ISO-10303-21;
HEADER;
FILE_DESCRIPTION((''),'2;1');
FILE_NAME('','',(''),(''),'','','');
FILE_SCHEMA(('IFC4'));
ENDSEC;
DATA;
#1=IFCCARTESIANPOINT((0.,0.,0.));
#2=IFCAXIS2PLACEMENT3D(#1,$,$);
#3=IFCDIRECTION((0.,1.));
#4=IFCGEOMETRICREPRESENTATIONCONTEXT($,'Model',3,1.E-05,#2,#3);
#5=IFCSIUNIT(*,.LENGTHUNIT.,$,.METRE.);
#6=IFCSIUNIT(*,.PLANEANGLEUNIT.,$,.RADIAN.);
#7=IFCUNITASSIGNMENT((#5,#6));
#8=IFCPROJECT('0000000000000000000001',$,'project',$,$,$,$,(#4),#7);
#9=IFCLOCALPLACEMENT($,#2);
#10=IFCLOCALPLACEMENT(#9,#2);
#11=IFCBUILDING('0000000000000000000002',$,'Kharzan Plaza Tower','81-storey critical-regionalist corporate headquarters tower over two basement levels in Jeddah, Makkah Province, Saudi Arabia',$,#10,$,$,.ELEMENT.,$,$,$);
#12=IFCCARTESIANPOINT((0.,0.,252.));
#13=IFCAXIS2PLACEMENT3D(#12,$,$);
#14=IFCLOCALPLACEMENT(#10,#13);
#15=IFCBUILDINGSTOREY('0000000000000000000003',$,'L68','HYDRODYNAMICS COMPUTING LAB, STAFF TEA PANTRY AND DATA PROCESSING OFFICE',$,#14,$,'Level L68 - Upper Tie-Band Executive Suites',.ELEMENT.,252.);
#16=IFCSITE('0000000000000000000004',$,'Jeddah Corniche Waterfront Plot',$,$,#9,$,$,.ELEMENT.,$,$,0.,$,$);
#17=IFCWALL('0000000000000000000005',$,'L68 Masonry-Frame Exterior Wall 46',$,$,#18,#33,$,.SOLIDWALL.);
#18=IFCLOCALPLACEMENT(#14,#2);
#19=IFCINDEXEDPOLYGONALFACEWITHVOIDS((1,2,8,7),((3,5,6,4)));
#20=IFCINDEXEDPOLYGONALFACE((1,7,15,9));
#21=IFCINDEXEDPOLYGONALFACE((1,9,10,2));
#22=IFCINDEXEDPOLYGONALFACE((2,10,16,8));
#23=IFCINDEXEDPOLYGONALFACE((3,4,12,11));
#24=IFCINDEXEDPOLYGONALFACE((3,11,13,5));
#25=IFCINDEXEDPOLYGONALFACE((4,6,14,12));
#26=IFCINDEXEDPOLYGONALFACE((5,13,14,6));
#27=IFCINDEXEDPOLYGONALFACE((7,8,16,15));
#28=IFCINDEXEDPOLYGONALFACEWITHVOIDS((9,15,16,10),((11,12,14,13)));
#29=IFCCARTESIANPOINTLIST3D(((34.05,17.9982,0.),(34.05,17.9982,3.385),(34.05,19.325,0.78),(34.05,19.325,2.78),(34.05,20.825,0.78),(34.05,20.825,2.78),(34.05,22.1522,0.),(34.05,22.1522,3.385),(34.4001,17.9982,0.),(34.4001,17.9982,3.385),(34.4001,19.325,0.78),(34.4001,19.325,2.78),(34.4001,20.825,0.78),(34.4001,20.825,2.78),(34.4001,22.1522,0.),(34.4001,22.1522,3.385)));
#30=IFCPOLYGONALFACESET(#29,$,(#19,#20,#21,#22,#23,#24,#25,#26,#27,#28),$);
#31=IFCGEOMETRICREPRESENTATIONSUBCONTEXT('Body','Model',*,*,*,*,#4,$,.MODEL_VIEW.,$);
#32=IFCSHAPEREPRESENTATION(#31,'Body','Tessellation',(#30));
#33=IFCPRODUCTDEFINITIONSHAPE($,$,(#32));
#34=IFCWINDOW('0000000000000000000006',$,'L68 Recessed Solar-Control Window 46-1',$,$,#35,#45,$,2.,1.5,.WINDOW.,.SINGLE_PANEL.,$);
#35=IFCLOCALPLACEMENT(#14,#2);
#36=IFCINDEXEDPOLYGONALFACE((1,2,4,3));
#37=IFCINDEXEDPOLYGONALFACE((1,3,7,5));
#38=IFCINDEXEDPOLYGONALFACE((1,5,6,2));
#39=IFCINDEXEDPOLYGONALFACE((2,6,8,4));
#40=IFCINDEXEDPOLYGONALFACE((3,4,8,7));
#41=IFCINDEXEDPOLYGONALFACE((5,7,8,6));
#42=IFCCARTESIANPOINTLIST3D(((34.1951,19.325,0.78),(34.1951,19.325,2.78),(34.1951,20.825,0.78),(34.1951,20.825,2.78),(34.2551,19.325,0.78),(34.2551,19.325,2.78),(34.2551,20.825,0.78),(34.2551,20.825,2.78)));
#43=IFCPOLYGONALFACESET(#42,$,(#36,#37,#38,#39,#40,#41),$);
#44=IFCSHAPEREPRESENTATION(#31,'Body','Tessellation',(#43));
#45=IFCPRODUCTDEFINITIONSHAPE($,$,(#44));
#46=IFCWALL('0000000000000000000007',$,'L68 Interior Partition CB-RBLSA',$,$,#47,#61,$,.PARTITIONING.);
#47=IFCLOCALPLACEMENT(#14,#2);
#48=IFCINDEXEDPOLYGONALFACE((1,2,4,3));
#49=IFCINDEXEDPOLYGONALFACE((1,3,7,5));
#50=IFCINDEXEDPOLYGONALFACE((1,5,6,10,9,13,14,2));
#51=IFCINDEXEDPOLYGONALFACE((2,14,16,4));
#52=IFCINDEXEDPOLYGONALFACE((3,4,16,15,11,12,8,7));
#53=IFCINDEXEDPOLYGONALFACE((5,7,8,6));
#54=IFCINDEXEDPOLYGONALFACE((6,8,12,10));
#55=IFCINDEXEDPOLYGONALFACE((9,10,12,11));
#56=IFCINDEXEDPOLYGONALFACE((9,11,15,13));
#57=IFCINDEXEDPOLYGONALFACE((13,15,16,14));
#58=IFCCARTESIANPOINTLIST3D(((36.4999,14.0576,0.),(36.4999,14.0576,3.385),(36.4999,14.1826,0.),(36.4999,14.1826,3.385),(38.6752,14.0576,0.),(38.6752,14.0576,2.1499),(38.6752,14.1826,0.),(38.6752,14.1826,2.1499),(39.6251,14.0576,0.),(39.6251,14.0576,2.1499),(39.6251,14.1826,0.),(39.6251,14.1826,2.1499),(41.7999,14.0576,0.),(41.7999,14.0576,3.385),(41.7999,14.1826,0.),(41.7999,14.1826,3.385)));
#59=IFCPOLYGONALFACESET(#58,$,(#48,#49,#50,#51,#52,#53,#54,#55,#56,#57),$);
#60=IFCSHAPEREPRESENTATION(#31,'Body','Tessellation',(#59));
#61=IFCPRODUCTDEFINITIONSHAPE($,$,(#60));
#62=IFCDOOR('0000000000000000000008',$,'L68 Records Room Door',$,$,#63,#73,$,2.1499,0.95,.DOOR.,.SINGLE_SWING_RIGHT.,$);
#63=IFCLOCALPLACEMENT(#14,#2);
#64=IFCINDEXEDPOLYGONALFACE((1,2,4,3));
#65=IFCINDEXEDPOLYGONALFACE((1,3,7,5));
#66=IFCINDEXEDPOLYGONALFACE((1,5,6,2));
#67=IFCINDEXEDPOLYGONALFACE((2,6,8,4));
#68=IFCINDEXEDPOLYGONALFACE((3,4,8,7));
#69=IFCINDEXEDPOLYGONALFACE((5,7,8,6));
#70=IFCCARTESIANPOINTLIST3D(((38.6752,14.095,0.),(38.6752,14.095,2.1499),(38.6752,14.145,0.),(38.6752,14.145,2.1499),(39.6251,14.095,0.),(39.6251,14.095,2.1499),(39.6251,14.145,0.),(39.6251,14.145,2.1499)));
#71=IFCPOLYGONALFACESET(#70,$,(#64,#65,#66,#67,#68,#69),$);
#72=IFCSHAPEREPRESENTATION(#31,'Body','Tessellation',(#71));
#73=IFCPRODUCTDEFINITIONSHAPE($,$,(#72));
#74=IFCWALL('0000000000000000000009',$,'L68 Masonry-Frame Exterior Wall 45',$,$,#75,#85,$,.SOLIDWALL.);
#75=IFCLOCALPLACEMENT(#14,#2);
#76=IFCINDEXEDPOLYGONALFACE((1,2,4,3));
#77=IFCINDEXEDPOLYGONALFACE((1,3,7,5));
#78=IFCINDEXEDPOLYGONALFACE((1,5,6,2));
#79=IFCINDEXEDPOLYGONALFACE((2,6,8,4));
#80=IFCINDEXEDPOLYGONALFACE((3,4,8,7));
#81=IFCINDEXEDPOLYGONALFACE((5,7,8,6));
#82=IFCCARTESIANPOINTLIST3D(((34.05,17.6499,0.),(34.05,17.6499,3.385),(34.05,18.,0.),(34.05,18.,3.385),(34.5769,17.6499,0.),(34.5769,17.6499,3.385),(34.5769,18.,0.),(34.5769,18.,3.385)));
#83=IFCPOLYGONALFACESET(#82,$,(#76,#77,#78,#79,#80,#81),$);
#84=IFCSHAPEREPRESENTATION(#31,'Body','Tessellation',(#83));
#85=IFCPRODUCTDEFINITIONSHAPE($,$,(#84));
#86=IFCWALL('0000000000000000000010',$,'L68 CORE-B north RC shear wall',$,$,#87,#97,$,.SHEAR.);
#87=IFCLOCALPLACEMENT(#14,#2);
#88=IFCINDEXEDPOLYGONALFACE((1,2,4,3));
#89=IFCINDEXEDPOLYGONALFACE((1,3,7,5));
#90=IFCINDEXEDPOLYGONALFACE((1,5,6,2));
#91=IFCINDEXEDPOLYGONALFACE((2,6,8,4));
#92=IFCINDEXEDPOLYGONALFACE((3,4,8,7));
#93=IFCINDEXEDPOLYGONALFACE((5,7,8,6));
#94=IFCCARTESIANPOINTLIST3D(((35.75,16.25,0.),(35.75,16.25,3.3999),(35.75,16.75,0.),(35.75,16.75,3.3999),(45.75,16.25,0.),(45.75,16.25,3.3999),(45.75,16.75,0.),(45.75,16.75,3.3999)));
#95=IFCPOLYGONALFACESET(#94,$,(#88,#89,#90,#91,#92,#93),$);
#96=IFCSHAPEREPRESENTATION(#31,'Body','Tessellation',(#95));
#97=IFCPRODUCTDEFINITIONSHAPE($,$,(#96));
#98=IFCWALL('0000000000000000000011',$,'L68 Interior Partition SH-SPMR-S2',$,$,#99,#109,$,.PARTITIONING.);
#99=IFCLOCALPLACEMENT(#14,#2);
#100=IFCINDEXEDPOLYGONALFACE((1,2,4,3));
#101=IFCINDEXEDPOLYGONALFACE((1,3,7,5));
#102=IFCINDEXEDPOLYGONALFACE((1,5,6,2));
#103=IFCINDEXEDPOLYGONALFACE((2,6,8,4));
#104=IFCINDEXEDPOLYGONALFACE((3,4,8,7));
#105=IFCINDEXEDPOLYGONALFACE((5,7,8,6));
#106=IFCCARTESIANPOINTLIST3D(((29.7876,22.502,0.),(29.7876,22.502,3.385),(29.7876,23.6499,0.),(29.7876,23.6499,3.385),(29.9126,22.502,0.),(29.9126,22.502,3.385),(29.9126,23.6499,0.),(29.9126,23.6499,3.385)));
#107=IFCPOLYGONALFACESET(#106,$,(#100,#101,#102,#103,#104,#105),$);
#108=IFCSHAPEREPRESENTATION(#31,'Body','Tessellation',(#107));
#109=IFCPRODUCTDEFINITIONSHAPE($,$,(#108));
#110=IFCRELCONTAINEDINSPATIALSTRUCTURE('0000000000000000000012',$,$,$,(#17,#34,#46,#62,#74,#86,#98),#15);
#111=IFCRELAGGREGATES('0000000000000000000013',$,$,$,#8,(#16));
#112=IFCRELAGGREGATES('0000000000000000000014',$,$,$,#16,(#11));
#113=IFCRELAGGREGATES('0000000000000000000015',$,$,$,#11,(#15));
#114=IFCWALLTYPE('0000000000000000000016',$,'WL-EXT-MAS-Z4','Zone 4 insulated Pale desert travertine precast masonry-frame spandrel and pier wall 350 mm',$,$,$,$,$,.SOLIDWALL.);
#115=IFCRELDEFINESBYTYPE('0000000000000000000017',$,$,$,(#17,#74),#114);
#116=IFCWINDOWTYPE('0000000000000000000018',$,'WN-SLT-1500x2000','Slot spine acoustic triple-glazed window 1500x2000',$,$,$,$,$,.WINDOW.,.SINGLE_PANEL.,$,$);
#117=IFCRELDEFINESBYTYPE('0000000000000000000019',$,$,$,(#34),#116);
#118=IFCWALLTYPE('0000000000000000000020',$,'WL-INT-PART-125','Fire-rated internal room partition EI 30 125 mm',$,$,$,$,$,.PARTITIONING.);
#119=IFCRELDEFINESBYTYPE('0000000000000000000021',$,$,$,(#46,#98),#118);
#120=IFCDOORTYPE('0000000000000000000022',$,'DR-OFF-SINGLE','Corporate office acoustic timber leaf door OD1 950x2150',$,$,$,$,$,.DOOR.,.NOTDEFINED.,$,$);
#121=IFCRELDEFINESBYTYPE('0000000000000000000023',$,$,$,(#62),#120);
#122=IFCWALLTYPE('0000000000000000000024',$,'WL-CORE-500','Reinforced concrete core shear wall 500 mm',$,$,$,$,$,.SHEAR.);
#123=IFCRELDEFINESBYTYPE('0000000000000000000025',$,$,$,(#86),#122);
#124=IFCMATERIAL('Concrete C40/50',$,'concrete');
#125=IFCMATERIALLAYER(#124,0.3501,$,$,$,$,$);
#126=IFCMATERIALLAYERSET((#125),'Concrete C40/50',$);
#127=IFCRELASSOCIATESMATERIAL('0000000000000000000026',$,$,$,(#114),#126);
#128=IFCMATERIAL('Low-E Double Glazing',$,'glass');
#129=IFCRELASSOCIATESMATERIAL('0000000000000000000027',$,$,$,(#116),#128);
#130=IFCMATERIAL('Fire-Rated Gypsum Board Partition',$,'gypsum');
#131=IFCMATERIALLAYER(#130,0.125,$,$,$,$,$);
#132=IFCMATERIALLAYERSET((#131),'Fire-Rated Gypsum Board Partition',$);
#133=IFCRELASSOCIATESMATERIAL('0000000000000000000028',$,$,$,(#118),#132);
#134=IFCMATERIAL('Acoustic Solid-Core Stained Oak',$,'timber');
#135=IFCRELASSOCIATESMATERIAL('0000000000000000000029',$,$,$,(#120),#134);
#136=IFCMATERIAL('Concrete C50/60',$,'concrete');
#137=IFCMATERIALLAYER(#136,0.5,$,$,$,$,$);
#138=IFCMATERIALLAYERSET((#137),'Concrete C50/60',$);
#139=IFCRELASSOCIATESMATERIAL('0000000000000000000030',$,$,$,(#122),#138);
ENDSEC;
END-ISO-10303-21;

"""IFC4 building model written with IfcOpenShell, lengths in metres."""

from ifc_helpers import new_model, si_unit, direction, frame, frame_2d, origin, place, context, subcontext, project, spatial, rectangle, extrude, source, transform, mapped, material, layer, layer_set, type_object, element, fill, save


model = new_model("IFC4")

# Units and contexts
model_context = context("Model", 3, precision=1e-05, world=origin(), true_north=direction((0.0, 1.0)))
body_context = subcontext(model_context, "Body", "Model", "MODEL_VIEW")
ifc_project = project(units=[si_unit("LENGTHUNIT", "METRE"), si_unit("PLANEANGLEUNIT", "RADIAN")], contexts=[model_context])

# Site, building, storey
site_placement = place(None, origin())
site = spatial("IfcSite", under=ifc_project, at=site_placement, Name="Jeddah Corniche Waterfront Plot", CompositionType="ELEMENT", RefElevation=0.0)
building_placement = place(site_placement, origin())
building = spatial("IfcBuilding", under=site, at=building_placement, Name="Kharzan Plaza Tower", Description="81-storey critical-regionalist corporate headquarters tower over two basement levels in Jeddah, Makkah Province, Saudi Arabia", CompositionType="ELEMENT")
storey_placement = place(building_placement, frame((0.0, 0.0, 252.0)))
storey = spatial("IfcBuildingStorey", under=building, at=storey_placement, Name="L68", Description="HYDRODYNAMICS COMPUTING LAB, STAFF TEA PANTRY AND DATA PROCESSING OFFICE", LongName="Level L68 - Upper Tie-Band Executive Suites", CompositionType="ELEMENT", Elevation=252.0)

# Shared definitions
ifc_material_1 = material(Name="Concrete C50/60", Category="concrete")

# Shared definitions
ifc_material_2 = material(Name="Concrete C40/50", Category="concrete")
ifc_layer_1 = layer(ifc_material_2, 0.3501)
ifc_layer_set_1 = layer_set([ifc_layer_1], Name="Concrete C40/50")
wall_type_1 = type_object("IfcWallType", Name="WL-EXT-MAS-Z4", Description="Zone 4 insulated Pale desert travertine precast masonry-frame spandrel and pier wall 350 mm", PredefinedType="SOLIDWALL", material=ifc_layer_set_1)
ifc_material_3 = material(Name="Low-E Double Glazing", Category="glass")
window_type_1 = type_object("IfcWindowType", Name="WN-SLT-1500x2000", Description="Slot spine acoustic triple-glazed window 1500x2000", PartitioningType="SINGLE_PANEL", PredefinedType="WINDOW", material=ifc_material_3)
shared_shape_1 = source(origin(), body_context, "Body", "SweptSolid", [
    extrude(rectangle(XDim=1.5, YDim=2.0, at=frame_2d((0.75, 1.0))), frame((0.0, 0.03, 0.0), z_axis=(0.0, -1.0, 0.0), x_axis=(1.0, 0.0, 0.0)), (0.0, 0.0, 1.0), 0.0601),
])

# Wall, opening, window
wall_1_placement = place(storey_placement, frame((34.2251, 17.998, 0.0), z_axis=(0.0, 0.0, 1.0), x_axis=(0.0, 1.0, 0.0)))
wall_1 = element("IfcWall", 1, at=wall_1_placement, inside=storey, type_object=wall_type_1, Name="L68 Masonry-Frame Exterior Wall 46", PredefinedType="SOLIDWALL", context=body_context, shape_type="SweptSolid", body=[
    extrude(rectangle(XDim=4.1541, YDim=0.3501, at=frame_2d((2.0771, 0.0))), origin(), (0.0, 0.0, 1.0), 3.385),
])
opening_1_placement = place(wall_1_placement, frame((1.3269, 0.0, 0.78)))
opening_1 = element("IfcOpeningElement", 2, at=opening_1_placement, cuts=wall_1, PredefinedType="OPENING", context=body_context, shape_type="SweptSolid", body=[
    extrude(rectangle(XDim=1.5, YDim=2.0, at=frame_2d((0.75, 1.0))), frame((0.0, 0.1851, 0.0), z_axis=(0.0, -1.0, 0.0), x_axis=(1.0, 0.0, 0.0)), (0.0, 0.0, 1.0), 0.3701),
])
window_1_placement = place(opening_1_placement, origin())
window_1 = element("IfcWindow", 3, at=window_1_placement, inside=storey, type_object=window_type_1, Name="L68 Recessed Solar-Control Window 46-1", OverallHeight=2.0, OverallWidth=1.5, PartitioningType="SINGLE_PANEL", PredefinedType="WINDOW", context=body_context, shape_type="MappedRepresentation", body=[
    mapped(shared_shape_1, transform((0.0, 0.0, 0.0), x_axis=(1.0, 0.0, 0.0), y_axis=(0.0, 1.0, 0.0), z_axis=(0.0, 0.0, 1.0))),
])
fill(opening_1, window_1)

# Wall, opening, door
ifc_material_4 = material(Name="Fire-Rated Gypsum Board Partition", Category="gypsum")
ifc_layer_2 = layer(ifc_material_4, 0.125)
ifc_layer_set_2 = layer_set([ifc_layer_2], Name="Fire-Rated Gypsum Board Partition")
wall_type_2 = type_object("IfcWallType", Name="WL-INT-PART-125", Description="Fire-rated internal room partition EI 30 125 mm", PredefinedType="PARTITIONING", material=ifc_layer_set_2)
wall_2_placement = place(storey_placement, frame((36.5, 14.1201, 0.0), z_axis=(0.0, 0.0, 1.0), x_axis=(1.0, 0.0, 0.0)))
wall_2 = element("IfcWall", 4, at=wall_2_placement, inside=storey, type_object=wall_type_2, Name="L68 Interior Partition CB-RBLSA", PredefinedType="PARTITIONING", context=body_context, shape_type="SweptSolid", body=[
    extrude(rectangle(XDim=5.3, YDim=0.125, at=frame_2d((2.6499, 0.0))), origin(), (0.0, 0.0, 1.0), 3.385),
])
opening_2_placement = place(wall_2_placement, frame((2.175, 0.0, 0.0)))
opening_2 = element("IfcOpeningElement", 5, at=opening_2_placement, cuts=wall_2, PredefinedType="OPENING", context=body_context, shape_type="SweptSolid", body=[
    extrude(rectangle(XDim=0.95, YDim=2.1499, at=frame_2d((0.4751, 1.075))), frame((0.0, 0.0725, 0.0), z_axis=(0.0, -1.0, 0.0), x_axis=(1.0, 0.0, 0.0)), (0.0, 0.0, 1.0), 0.145),
])
ifc_material_5 = material(Name="Acoustic Solid-Core Stained Oak", Category="timber")
door_type = type_object("IfcDoorType", Name="DR-OFF-SINGLE", Description="Corporate office acoustic timber leaf door OD1 950x2150", OperationType="NOTDEFINED", PredefinedType="DOOR", material=ifc_material_5)
shared_shape_2 = source(origin(), body_context, "Body", "SweptSolid", [
    extrude(rectangle(XDim=0.95, YDim=2.1499, at=frame_2d((0.4751, 1.075))), frame((0.0, 0.0249, 0.0), z_axis=(0.0, -1.0, 0.0), x_axis=(1.0, 0.0, 0.0)), (0.0, 0.0, 1.0), 0.05),
])
door_placement = place(opening_2_placement, origin())
door = element("IfcDoor", 6, at=door_placement, inside=storey, type_object=door_type, Name="L68 Records Room Door", OperationType="SINGLE_SWING_RIGHT", OverallHeight=2.1499, OverallWidth=0.95, PredefinedType="DOOR", context=body_context, shape_type="MappedRepresentation", body=[
    mapped(shared_shape_2, transform((0.0, 0.0, 0.0), x_axis=(1.0, 0.0, 0.0), y_axis=(0.0, 1.0, 0.0), z_axis=(0.0, 0.0, 1.0))),
])
fill(opening_2, door)

# Walls
shared_shape_3 = source(origin(), body_context, "Body", "SweptSolid", [
    extrude(rectangle(XDim=0.5269, YDim=0.3501, at=frame_2d((0.2634, 0.0))), origin(), (0.0, 0.0, 1.0), 3.385),
])
wall_3_placement = place(storey_placement, frame((34.5769, 17.825, 0.0), z_axis=(0.0, 0.0, 1.0), x_axis=(-1.0, 0.0, 0.0)))
element("IfcWall", 7, at=wall_3_placement, inside=storey, type_object=wall_type_1, Name="L68 Masonry-Frame Exterior Wall 45", PredefinedType="SOLIDWALL", context=body_context, shape_type="MappedRepresentation", body=[
    mapped(shared_shape_3, transform((0.0, 0.0, 0.0), x_axis=(1.0, 0.0, 0.0), y_axis=(0.0, 1.0, 0.0), z_axis=(0.0, 0.0, 1.0))),
])
ifc_layer_3 = layer(ifc_material_1, 0.5)
ifc_layer_set_3 = layer_set([ifc_layer_3], Name="Concrete C50/60")
wall_type_3 = type_object("IfcWallType", Name="WL-CORE-500", Description="Reinforced concrete core shear wall 500 mm", PredefinedType="SHEAR", material=ifc_layer_set_3)
shared_shape_4 = source(origin(), body_context, "Body", "SweptSolid", [
    extrude(rectangle(XDim=10.0, YDim=0.5, at=frame_2d((5.0, 0.0))), origin(), (0.0, 0.0, 1.0), 3.3999),
])
wall_4_placement = place(storey_placement, frame((35.75, 16.5, 0.0), z_axis=(0.0, 0.0, 1.0), x_axis=(1.0, 0.0, 0.0)))
element("IfcWall", 8, at=wall_4_placement, inside=storey, type_object=wall_type_3, Name="L68 CORE-B north RC shear wall", PredefinedType="SHEAR", context=body_context, shape_type="MappedRepresentation", body=[
    mapped(shared_shape_4, transform((0.0, 0.0, 0.0), x_axis=(1.0, 0.0, 0.0), y_axis=(0.0, 1.0, 0.0), z_axis=(0.0, 0.0, 1.0))),
])
shared_shape_5 = source(origin(), body_context, "Body", "SweptSolid", [
    extrude(rectangle(XDim=1.1479, YDim=0.125, at=frame_2d((0.574, 0.0))), origin(), (0.0, 0.0, 1.0), 3.385),
])
wall_5_placement = place(storey_placement, frame((29.8501, 22.502, 0.0), z_axis=(0.0, 0.0, 1.0), x_axis=(0.0, 1.0, 0.0)))
element("IfcWall", 9, at=wall_5_placement, inside=storey, type_object=wall_type_2, Name="L68 Interior Partition SH-SPMR-S2", PredefinedType="PARTITIONING", context=body_context, shape_type="MappedRepresentation", body=[
    mapped(shared_shape_5, transform((0.0, 0.0, 0.0), x_axis=(1.0, 0.0, 0.0), y_axis=(0.0, 1.0, 0.0), z_axis=(0.0, 0.0, 1.0))),
])

save(model, "model.ifc")
